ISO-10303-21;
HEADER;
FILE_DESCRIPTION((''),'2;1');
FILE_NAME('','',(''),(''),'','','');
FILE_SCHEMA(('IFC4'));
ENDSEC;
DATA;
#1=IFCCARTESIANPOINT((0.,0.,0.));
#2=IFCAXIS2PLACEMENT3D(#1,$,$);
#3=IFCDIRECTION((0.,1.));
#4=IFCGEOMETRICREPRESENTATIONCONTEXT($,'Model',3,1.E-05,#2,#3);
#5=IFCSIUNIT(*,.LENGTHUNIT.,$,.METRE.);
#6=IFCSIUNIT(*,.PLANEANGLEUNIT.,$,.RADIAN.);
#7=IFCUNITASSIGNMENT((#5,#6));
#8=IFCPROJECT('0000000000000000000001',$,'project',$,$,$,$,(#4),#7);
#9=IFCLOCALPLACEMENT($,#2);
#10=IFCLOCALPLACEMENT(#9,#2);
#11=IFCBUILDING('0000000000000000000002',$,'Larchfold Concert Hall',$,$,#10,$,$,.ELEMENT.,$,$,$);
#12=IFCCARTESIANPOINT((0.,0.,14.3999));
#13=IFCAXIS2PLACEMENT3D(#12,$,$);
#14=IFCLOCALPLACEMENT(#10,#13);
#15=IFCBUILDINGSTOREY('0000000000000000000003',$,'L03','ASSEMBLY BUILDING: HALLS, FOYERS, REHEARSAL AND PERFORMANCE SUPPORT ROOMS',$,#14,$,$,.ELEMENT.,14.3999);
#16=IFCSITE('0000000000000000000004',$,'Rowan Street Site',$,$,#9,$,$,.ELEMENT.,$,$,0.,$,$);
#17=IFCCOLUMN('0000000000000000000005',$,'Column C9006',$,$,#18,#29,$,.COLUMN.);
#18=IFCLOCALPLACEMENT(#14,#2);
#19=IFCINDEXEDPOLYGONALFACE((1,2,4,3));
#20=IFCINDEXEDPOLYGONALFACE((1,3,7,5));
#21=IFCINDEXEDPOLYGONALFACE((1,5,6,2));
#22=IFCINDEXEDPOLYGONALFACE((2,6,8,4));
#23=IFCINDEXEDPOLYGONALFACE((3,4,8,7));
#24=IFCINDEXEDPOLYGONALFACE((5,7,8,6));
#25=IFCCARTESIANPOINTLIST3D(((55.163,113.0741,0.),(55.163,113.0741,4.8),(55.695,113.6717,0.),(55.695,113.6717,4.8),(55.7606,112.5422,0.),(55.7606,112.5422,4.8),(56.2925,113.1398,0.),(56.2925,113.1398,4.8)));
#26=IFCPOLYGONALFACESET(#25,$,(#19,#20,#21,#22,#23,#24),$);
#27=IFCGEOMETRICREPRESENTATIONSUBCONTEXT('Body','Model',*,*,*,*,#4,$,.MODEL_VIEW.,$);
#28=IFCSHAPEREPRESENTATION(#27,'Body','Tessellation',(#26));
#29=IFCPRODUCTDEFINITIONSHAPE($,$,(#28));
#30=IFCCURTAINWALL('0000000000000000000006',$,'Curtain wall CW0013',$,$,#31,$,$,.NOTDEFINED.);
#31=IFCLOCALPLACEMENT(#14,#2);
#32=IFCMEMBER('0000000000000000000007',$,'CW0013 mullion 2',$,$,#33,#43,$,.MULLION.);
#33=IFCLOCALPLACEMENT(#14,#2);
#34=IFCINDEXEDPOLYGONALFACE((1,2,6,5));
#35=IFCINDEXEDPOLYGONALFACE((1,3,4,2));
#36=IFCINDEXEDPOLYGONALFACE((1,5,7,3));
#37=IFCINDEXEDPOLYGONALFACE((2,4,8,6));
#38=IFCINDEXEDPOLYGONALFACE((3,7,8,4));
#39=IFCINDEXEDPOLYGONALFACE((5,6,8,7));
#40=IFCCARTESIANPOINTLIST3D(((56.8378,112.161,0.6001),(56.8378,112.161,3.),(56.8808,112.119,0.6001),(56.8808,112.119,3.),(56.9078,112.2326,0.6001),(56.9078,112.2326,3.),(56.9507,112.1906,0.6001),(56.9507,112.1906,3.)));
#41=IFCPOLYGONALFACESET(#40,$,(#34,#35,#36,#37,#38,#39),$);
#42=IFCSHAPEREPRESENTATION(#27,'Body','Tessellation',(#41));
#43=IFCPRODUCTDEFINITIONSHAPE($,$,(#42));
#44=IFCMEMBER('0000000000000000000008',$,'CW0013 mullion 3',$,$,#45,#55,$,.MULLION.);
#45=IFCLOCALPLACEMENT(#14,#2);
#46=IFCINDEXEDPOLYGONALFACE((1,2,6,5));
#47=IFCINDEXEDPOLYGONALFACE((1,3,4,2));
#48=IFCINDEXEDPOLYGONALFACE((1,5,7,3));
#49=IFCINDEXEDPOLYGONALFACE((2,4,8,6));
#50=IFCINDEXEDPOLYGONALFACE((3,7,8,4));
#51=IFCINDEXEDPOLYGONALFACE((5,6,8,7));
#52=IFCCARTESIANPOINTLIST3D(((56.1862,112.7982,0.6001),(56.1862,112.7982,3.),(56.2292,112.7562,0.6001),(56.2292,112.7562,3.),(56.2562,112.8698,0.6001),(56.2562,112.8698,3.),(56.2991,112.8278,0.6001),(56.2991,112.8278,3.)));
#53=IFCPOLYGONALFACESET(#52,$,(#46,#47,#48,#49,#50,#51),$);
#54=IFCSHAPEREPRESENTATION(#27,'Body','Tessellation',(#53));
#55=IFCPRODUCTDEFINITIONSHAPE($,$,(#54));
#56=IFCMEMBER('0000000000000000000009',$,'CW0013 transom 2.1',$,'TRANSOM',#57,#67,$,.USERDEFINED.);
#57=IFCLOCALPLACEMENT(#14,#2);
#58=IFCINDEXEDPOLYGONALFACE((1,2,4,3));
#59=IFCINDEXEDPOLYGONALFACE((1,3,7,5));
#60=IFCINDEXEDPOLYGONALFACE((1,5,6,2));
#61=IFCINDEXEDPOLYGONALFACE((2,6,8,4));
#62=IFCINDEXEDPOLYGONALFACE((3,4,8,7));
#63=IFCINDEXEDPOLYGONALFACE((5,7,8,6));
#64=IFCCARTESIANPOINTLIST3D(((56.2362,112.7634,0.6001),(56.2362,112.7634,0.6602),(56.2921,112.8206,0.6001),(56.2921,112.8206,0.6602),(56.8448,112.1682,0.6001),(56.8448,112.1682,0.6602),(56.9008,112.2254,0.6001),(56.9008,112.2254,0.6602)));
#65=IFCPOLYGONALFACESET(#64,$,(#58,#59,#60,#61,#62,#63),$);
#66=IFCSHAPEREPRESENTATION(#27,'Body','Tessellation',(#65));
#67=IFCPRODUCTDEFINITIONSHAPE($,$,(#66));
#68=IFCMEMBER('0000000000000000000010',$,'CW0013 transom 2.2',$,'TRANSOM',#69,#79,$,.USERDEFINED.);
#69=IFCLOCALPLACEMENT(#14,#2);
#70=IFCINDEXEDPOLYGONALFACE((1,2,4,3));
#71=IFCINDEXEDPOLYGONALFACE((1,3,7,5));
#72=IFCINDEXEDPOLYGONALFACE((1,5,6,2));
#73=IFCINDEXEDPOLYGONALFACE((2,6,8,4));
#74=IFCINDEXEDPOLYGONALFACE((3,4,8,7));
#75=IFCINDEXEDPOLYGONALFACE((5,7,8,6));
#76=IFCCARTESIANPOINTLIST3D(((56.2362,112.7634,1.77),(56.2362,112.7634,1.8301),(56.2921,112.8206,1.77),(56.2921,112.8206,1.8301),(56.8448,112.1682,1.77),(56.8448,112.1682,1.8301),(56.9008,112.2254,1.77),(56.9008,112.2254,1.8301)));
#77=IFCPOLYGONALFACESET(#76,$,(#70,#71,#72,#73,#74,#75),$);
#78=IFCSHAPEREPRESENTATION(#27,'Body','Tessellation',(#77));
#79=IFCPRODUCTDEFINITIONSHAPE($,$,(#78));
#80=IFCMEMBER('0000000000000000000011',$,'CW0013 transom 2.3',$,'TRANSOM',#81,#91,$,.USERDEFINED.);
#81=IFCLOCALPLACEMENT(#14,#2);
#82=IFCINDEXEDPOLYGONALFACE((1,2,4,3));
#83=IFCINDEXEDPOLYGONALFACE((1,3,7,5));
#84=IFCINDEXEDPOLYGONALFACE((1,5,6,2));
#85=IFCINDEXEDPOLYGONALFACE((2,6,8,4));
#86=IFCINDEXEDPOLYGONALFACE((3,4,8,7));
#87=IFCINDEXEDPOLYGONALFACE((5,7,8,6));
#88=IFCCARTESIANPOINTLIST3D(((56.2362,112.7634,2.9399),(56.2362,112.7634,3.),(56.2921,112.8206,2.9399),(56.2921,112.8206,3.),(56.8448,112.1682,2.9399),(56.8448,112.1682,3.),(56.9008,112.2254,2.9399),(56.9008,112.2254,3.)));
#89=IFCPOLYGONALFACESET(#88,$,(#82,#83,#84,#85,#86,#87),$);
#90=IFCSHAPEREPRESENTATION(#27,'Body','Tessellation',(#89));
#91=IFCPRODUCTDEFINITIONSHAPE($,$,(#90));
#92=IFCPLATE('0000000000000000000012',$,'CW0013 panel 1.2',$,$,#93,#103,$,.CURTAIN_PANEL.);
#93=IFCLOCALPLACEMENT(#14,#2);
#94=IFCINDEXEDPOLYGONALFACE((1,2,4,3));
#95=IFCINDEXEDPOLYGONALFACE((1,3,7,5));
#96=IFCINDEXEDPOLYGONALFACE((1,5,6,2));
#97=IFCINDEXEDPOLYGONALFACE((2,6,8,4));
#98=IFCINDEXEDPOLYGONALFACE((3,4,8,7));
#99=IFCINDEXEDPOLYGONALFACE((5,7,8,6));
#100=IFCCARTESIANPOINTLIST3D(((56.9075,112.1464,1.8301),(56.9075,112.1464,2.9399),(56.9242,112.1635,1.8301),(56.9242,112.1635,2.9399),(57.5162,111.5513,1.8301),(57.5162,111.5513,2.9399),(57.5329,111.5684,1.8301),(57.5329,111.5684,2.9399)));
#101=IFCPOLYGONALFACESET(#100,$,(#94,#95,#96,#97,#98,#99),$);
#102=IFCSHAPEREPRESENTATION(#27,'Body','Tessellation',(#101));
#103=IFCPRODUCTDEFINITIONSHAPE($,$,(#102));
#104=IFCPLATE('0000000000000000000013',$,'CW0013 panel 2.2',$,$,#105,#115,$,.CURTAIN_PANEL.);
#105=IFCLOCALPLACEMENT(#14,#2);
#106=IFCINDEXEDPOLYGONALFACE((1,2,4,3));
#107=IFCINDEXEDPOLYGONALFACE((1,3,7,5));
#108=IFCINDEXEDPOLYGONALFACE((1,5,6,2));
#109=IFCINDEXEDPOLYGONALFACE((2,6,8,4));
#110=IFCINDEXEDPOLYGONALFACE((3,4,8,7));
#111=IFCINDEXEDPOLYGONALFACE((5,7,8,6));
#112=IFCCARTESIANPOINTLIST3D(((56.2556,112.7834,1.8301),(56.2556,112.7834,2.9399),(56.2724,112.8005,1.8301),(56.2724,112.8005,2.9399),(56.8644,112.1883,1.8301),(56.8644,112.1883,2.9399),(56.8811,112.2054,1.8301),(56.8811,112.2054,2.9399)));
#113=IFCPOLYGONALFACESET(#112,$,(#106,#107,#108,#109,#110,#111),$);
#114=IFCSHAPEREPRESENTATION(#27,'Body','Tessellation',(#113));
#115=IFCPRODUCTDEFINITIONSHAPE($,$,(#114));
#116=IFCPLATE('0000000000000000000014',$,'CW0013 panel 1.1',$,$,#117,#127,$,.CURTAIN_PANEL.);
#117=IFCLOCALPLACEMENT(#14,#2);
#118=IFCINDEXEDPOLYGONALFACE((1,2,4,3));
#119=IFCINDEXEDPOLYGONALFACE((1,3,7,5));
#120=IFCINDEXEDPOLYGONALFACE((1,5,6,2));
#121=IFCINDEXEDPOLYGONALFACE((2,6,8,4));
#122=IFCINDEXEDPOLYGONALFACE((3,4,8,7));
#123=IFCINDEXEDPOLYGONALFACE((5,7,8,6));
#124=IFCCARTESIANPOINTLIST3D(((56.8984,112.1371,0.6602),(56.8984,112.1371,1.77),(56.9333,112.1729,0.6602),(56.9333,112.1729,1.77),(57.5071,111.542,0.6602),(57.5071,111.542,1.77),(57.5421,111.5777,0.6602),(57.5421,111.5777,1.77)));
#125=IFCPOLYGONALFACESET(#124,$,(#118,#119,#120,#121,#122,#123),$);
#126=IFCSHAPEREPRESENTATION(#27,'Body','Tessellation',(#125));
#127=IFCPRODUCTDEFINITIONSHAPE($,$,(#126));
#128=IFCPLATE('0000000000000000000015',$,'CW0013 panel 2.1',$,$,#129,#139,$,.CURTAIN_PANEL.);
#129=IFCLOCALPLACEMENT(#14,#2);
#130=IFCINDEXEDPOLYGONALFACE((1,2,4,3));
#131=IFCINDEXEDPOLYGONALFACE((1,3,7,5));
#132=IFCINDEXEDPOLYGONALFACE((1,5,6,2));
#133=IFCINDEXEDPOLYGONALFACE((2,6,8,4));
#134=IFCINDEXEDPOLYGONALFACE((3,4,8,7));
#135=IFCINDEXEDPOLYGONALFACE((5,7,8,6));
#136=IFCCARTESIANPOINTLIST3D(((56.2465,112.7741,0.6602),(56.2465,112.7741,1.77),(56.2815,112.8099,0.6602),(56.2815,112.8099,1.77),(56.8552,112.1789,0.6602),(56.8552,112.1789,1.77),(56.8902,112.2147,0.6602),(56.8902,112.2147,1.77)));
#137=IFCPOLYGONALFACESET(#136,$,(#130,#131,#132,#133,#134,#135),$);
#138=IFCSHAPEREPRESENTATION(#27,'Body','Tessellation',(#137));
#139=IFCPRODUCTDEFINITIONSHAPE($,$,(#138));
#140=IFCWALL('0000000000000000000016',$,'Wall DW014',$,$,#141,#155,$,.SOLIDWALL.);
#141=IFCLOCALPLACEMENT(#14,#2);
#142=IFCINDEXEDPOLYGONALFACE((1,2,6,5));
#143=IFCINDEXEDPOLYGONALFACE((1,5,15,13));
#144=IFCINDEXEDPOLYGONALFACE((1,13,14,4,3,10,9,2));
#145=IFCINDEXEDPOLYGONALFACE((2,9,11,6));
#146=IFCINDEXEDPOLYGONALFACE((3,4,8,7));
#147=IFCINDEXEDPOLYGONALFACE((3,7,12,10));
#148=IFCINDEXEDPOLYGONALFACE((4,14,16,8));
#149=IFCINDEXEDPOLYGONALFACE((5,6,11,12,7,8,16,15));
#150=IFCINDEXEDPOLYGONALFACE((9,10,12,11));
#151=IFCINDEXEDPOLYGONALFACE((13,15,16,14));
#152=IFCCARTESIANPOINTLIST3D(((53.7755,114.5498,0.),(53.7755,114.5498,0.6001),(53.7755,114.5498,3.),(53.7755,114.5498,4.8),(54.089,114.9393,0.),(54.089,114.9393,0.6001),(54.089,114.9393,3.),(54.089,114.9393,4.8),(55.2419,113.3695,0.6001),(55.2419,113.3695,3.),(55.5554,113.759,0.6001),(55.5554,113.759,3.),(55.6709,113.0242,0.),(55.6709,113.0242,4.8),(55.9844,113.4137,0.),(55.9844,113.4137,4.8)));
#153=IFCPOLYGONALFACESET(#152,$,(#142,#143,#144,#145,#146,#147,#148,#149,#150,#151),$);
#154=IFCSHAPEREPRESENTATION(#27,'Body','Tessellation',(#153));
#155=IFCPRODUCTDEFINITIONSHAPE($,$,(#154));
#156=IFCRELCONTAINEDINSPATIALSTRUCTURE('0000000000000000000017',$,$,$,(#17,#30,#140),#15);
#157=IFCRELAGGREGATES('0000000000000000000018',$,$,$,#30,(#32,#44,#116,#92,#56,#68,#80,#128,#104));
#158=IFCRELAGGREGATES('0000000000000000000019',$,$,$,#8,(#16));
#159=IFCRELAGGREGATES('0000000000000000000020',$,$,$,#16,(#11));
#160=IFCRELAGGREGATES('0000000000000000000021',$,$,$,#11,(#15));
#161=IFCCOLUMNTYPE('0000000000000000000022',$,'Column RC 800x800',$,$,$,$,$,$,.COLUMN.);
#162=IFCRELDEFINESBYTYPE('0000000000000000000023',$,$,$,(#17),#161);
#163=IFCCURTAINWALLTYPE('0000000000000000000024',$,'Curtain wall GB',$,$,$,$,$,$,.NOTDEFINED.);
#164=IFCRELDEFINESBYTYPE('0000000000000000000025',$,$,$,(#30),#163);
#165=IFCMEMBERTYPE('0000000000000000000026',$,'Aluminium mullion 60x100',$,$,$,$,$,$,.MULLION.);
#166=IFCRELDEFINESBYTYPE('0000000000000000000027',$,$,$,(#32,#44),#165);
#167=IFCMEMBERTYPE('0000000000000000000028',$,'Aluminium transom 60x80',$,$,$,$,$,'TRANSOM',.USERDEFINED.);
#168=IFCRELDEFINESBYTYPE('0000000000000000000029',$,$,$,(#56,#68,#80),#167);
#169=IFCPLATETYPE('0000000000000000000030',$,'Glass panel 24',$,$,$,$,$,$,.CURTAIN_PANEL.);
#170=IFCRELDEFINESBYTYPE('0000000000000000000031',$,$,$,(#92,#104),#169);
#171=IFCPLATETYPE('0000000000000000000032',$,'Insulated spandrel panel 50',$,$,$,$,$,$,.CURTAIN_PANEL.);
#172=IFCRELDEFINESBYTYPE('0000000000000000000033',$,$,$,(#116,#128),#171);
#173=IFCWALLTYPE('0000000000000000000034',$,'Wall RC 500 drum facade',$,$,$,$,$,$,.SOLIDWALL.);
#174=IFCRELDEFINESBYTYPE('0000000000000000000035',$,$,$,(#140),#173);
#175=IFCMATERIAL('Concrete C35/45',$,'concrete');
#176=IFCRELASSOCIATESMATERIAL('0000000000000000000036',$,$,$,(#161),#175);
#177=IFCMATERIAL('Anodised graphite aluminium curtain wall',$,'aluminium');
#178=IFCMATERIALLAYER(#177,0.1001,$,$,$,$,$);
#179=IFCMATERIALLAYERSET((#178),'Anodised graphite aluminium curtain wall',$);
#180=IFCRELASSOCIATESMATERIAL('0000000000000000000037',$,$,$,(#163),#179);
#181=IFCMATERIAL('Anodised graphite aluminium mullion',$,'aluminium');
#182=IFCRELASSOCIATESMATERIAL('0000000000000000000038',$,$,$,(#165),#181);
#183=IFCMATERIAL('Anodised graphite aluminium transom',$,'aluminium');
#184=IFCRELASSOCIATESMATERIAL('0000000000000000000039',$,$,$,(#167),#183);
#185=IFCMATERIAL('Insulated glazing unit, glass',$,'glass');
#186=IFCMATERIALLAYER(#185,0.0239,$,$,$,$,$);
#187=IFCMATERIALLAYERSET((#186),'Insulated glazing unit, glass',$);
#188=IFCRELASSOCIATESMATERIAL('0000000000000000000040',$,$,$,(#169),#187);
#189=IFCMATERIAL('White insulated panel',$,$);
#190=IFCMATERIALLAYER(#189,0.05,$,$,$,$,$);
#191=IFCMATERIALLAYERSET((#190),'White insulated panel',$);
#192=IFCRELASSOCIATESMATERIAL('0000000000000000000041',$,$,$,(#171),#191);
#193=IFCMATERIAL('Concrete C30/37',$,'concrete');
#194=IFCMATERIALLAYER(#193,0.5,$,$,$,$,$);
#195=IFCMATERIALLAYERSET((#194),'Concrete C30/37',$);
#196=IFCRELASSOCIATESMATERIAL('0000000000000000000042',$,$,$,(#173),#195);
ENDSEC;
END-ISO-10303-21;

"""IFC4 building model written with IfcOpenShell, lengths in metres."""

from ifc_helpers import new_model, si_unit, direction, frame, frame_2d, origin, origin_2d, place, context, subcontext, project, spatial, rectangle, extrude, material, layer, layer_set, material_profile, profile_set, type_object, element, aggregate, save


model = new_model("IFC4")

# Units and contexts
model_context = context("Model", 3, precision=1e-05, world=origin(), true_north=direction((0.0, 1.0)))
body_context = subcontext(model_context, "Body", "Model", "MODEL_VIEW")
ifc_project = project(units=[si_unit("LENGTHUNIT", "METRE"), si_unit("PLANEANGLEUNIT", "RADIAN")], contexts=[model_context])

# Site, building, storey
site_placement = place(None, origin())
site = spatial("IfcSite", under=ifc_project, at=site_placement, Name="Rowan Street Site", CompositionType="ELEMENT", RefElevation=0.0)
building_placement = place(site_placement, origin())
building = spatial("IfcBuilding", under=site, at=building_placement, Name="Larchfold Concert Hall", CompositionType="ELEMENT")
storey_placement = place(building_placement, frame((0.0, 0.0, 14.3999)))
storey = spatial("IfcBuildingStorey", under=building, at=storey_placement, Name="L03", Description="ASSEMBLY BUILDING: HALLS, FOYERS, REHEARSAL AND PERFORMANCE SUPPORT ROOMS", CompositionType="ELEMENT", Elevation=14.3999)

# Column
ifc_material_1 = material(Name="Concrete C35/45", Category="concrete")
ifc_material_profile_1 = material_profile(ifc_material_1, rectangle(XDim=0.8, YDim=0.8, at=origin_2d()))
ifc_profile_set_1 = profile_set([ifc_material_profile_1], Name="Concrete C35/45")
column_type = type_object("IfcColumnType", Name="Column RC 800x800", PredefinedType="COLUMN", material=ifc_profile_set_1)
column_placement = place(storey_placement, frame((55.7278, 113.1069, 0.0), z_axis=(0.0, 0.0, 1.0), x_axis=(0.664882, 0.746949, 0.0)))
element("IfcColumn", 1, at=column_placement, inside=storey, type_object=column_type, Name="Column C9006", PredefinedType="COLUMN", context=body_context, shape_type="SweptSolid", body=[
    extrude(rectangle(XDim=0.8, YDim=0.8, at=origin_2d()), origin(), (0.0, 0.0, 1.0), 4.8),
])

# Curtain wall, members, plates
ifc_material_2 = material(Name="Anodised graphite aluminium curtain wall", Category="aluminium")
ifc_layer_1 = layer(ifc_material_2, 0.1001)
ifc_layer_set_1 = layer_set([ifc_layer_1], Name="Anodised graphite aluminium curtain wall")
curtain_wall_type = type_object("IfcCurtainWallType", Name="Curtain wall GB", PredefinedType="NOTDEFINED", material=ifc_layer_set_1)
curtain_wall_placement = place(storey_placement, origin())
curtain_wall = element("IfcCurtainWall", 2, at=curtain_wall_placement, inside=storey, type_object=curtain_wall_type, Name="Curtain wall CW0013", PredefinedType="NOTDEFINED")
ifc_material_3 = material(Name="Anodised graphite aluminium mullion", Category="aluminium")
ifc_material_profile_2 = material_profile(ifc_material_3, rectangle(XDim=0.1001, YDim=0.0601, at=origin_2d()))
ifc_profile_set_2 = profile_set([ifc_material_profile_2], Name="Anodised graphite aluminium mullion")
member_type_1 = type_object("IfcMemberType", Name="Aluminium mullion 60x100", PredefinedType="MULLION", material=ifc_profile_set_2)
member_1_placement = place(storey_placement, frame((56.8943, 112.1758, 0.6001), z_axis=(0.0, 0.0, 1.0), x_axis=(-0.699087, -0.715037, 0.0)))
member_1 = element("IfcMember", 3, at=member_1_placement, type_object=member_type_1, Name="CW0013 mullion 2", PredefinedType="MULLION", context=body_context, shape_type="SweptSolid", body=[
    extrude(rectangle(XDim=0.1001, YDim=0.0601, at=origin_2d()), origin(), (0.0, 0.0, 1.0), 2.3999),
])
member_2_placement = place(storey_placement, frame((56.2427, 112.813, 0.6001), z_axis=(0.0, 0.0, 1.0), x_axis=(-0.699087, -0.715037, 0.0)))
member_2 = element("IfcMember", 4, at=member_2_placement, type_object=member_type_1, Name="CW0013 mullion 3", PredefinedType="MULLION", context=body_context, shape_type="SweptSolid", body=[
    extrude(rectangle(XDim=0.1001, YDim=0.0601, at=origin_2d()), origin(), (0.0, 0.0, 1.0), 2.3999),
])
ifc_material_4 = material(Name="Anodised graphite aluminium transom", Category="aluminium")
ifc_material_profile_3 = material_profile(ifc_material_4, rectangle(XDim=0.0801, YDim=0.0601, at=origin_2d()))
ifc_profile_set_3 = profile_set([ifc_material_profile_3], Name="Anodised graphite aluminium transom")
member_type_2 = type_object("IfcMemberType", Name="Aluminium transom 60x80", ElementType="TRANSOM", PredefinedType="USERDEFINED", material=ifc_profile_set_3)
member_3_placement = place(storey_placement, frame((56.8728, 112.1968, 0.6301), z_axis=(-0.714949, 0.699176, 0.0), x_axis=(-0.699176, -0.714949, 0.0)))
member_3 = element("IfcMember", 5, at=member_3_placement, type_object=member_type_2, Name="CW0013 transom 2.1", ObjectType="TRANSOM", PredefinedType="USERDEFINED", context=body_context, shape_type="SweptSolid", body=[
    extrude(rectangle(XDim=0.0801, YDim=0.0601, at=origin_2d()), origin(), (0.0, 0.0, 1.0), 0.8513),
])
member_4_placement = place(storey_placement, frame((56.8728, 112.1968, 1.8), z_axis=(-0.714949, 0.699176, 0.0), x_axis=(-0.699176, -0.714949, 0.0)))
member_4 = element("IfcMember", 6, at=member_4_placement, type_object=member_type_2, Name="CW0013 transom 2.2", ObjectType="TRANSOM", PredefinedType="USERDEFINED", context=body_context, shape_type="SweptSolid", body=[
    extrude(rectangle(XDim=0.0801, YDim=0.0601, at=origin_2d()), origin(), (0.0, 0.0, 1.0), 0.8513),
])
member_5_placement = place(storey_placement, frame((56.8728, 112.1968, 2.97), z_axis=(-0.714949, 0.699176, 0.0), x_axis=(-0.699176, -0.714949, 0.0)))
member_5 = element("IfcMember", 7, at=member_5_placement, type_object=member_type_2, Name="CW0013 transom 2.3", ObjectType="TRANSOM", PredefinedType="USERDEFINED", context=body_context, shape_type="SweptSolid", body=[
    extrude(rectangle(XDim=0.0801, YDim=0.0601, at=origin_2d()), origin(), (0.0, 0.0, 1.0), 0.8513),
])
ifc_material_5 = material(Name="Insulated glazing unit, glass", Category="glass")
ifc_layer_2 = layer(ifc_material_5, 0.0239)
ifc_layer_set_2 = layer_set([ifc_layer_2], Name="Insulated glazing unit, glass")
plate_type_1 = type_object("IfcPlateType", Name="Glass panel 24", PredefinedType="CURTAIN_PANEL", material=ifc_layer_set_2)
plate_1_placement = place(storey_placement, frame((57.2202, 111.8574, 1.8301), z_axis=(0.0, 0.0, 1.0), x_axis=(-0.715037, 0.699087, 0.0)))
plate_1 = element("IfcPlate", 8, at=plate_1_placement, type_object=plate_type_1, Name="CW0013 panel 1.2", PredefinedType="CURTAIN_PANEL", context=body_context, shape_type="SweptSolid", body=[
    extrude(rectangle(XDim=0.8513, YDim=0.0239, at=origin_2d()), origin(), (0.0, 0.0, 1.0), 1.1099),
])
plate_2_placement = place(storey_placement, frame((56.5684, 112.4944, 1.8301), z_axis=(0.0, 0.0, 1.0), x_axis=(-0.715037, 0.699087, 0.0)))
plate_2 = element("IfcPlate", 9, at=plate_2_placement, type_object=plate_type_1, Name="CW0013 panel 2.2", PredefinedType="CURTAIN_PANEL", context=body_context, shape_type="SweptSolid", body=[
    extrude(rectangle(XDim=0.8513, YDim=0.0239, at=origin_2d()), origin(), (0.0, 0.0, 1.0), 1.1099),
])
ifc_material_6 = material(Name="White insulated panel")
ifc_layer_3 = layer(ifc_material_6, 0.05)
ifc_layer_set_3 = layer_set([ifc_layer_3], Name="White insulated panel")
plate_type_2 = type_object("IfcPlateType", Name="Insulated spandrel panel 50", PredefinedType="CURTAIN_PANEL", material=ifc_layer_set_3)
plate_3_placement = place(storey_placement, frame((57.2202, 111.8574, 0.6602), z_axis=(0.0, 0.0, 1.0), x_axis=(-0.715037, 0.699087, 0.0)))
plate_3 = element("IfcPlate", 10, at=plate_3_placement, type_object=plate_type_2, Name="CW0013 panel 1.1", PredefinedType="CURTAIN_PANEL", context=body_context, shape_type="SweptSolid", body=[
    extrude(rectangle(XDim=0.8513, YDim=0.05, at=origin_2d()), origin(), (0.0, 0.0, 1.0), 1.1099),
])
plate_4_placement = place(storey_placement, frame((56.5684, 112.4944, 0.6602), z_axis=(0.0, 0.0, 1.0), x_axis=(-0.715037, 0.699087, 0.0)))
plate_4 = element("IfcPlate", 11, at=plate_4_placement, type_object=plate_type_2, Name="CW0013 panel 2.1", PredefinedType="CURTAIN_PANEL", context=body_context, shape_type="SweptSolid", body=[
    extrude(rectangle(XDim=0.8513, YDim=0.05, at=origin_2d()), origin(), (0.0, 0.0, 1.0), 1.1099),
])
aggregate(curtain_wall, [member_1, member_2, plate_3, plate_1, member_3, member_4, member_5, plate_4, plate_2])

# Wall, opening
ifc_material_7 = material(Name="Concrete C30/37", Category="concrete")
ifc_layer_4 = layer(ifc_material_7, 0.5)
ifc_layer_set_4 = layer_set([ifc_layer_4], Name="Concrete C30/37")
wall_type = type_object("IfcWallType", Name="Wall RC 500 drum facade", PredefinedType="SOLIDWALL", material=ifc_layer_set_4)
wall_placement = place(storey_placement, frame((55.8276, 113.219, 0.0), z_axis=(0.0, 0.0, 1.0), x_axis=(-0.779015, 0.627005, 0.0)))
wall = element("IfcWall", 12, at=wall_placement, inside=storey, type_object=wall_type, Name="Wall DW014", PredefinedType="SOLIDWALL", context=body_context, shape_type="SweptSolid", body=[
    extrude(rectangle(XDim=2.4331, YDim=0.5, at=frame_2d((1.2166, 0.0))), origin(), (0.0, 0.0, 1.0), 4.8),
])
opening_placement = place(wall_placement, frame((0.5505, 0.0, 0.6001)))
element("IfcOpeningElement", 13, at=opening_placement, cuts=wall, PredefinedType="OPENING", context=body_context, shape_type="SweptSolid", body=[
    extrude(rectangle(XDim=1.8826, YDim=2.3999, at=frame_2d((0.9414, 1.2))), frame((0.0, 0.26, 0.0), z_axis=(0.0, -1.0, 0.0), x_axis=(1.0, 0.0, 0.0)), (0.0, 0.0, 1.0), 0.52),
])

save(model, "model.ifc")
